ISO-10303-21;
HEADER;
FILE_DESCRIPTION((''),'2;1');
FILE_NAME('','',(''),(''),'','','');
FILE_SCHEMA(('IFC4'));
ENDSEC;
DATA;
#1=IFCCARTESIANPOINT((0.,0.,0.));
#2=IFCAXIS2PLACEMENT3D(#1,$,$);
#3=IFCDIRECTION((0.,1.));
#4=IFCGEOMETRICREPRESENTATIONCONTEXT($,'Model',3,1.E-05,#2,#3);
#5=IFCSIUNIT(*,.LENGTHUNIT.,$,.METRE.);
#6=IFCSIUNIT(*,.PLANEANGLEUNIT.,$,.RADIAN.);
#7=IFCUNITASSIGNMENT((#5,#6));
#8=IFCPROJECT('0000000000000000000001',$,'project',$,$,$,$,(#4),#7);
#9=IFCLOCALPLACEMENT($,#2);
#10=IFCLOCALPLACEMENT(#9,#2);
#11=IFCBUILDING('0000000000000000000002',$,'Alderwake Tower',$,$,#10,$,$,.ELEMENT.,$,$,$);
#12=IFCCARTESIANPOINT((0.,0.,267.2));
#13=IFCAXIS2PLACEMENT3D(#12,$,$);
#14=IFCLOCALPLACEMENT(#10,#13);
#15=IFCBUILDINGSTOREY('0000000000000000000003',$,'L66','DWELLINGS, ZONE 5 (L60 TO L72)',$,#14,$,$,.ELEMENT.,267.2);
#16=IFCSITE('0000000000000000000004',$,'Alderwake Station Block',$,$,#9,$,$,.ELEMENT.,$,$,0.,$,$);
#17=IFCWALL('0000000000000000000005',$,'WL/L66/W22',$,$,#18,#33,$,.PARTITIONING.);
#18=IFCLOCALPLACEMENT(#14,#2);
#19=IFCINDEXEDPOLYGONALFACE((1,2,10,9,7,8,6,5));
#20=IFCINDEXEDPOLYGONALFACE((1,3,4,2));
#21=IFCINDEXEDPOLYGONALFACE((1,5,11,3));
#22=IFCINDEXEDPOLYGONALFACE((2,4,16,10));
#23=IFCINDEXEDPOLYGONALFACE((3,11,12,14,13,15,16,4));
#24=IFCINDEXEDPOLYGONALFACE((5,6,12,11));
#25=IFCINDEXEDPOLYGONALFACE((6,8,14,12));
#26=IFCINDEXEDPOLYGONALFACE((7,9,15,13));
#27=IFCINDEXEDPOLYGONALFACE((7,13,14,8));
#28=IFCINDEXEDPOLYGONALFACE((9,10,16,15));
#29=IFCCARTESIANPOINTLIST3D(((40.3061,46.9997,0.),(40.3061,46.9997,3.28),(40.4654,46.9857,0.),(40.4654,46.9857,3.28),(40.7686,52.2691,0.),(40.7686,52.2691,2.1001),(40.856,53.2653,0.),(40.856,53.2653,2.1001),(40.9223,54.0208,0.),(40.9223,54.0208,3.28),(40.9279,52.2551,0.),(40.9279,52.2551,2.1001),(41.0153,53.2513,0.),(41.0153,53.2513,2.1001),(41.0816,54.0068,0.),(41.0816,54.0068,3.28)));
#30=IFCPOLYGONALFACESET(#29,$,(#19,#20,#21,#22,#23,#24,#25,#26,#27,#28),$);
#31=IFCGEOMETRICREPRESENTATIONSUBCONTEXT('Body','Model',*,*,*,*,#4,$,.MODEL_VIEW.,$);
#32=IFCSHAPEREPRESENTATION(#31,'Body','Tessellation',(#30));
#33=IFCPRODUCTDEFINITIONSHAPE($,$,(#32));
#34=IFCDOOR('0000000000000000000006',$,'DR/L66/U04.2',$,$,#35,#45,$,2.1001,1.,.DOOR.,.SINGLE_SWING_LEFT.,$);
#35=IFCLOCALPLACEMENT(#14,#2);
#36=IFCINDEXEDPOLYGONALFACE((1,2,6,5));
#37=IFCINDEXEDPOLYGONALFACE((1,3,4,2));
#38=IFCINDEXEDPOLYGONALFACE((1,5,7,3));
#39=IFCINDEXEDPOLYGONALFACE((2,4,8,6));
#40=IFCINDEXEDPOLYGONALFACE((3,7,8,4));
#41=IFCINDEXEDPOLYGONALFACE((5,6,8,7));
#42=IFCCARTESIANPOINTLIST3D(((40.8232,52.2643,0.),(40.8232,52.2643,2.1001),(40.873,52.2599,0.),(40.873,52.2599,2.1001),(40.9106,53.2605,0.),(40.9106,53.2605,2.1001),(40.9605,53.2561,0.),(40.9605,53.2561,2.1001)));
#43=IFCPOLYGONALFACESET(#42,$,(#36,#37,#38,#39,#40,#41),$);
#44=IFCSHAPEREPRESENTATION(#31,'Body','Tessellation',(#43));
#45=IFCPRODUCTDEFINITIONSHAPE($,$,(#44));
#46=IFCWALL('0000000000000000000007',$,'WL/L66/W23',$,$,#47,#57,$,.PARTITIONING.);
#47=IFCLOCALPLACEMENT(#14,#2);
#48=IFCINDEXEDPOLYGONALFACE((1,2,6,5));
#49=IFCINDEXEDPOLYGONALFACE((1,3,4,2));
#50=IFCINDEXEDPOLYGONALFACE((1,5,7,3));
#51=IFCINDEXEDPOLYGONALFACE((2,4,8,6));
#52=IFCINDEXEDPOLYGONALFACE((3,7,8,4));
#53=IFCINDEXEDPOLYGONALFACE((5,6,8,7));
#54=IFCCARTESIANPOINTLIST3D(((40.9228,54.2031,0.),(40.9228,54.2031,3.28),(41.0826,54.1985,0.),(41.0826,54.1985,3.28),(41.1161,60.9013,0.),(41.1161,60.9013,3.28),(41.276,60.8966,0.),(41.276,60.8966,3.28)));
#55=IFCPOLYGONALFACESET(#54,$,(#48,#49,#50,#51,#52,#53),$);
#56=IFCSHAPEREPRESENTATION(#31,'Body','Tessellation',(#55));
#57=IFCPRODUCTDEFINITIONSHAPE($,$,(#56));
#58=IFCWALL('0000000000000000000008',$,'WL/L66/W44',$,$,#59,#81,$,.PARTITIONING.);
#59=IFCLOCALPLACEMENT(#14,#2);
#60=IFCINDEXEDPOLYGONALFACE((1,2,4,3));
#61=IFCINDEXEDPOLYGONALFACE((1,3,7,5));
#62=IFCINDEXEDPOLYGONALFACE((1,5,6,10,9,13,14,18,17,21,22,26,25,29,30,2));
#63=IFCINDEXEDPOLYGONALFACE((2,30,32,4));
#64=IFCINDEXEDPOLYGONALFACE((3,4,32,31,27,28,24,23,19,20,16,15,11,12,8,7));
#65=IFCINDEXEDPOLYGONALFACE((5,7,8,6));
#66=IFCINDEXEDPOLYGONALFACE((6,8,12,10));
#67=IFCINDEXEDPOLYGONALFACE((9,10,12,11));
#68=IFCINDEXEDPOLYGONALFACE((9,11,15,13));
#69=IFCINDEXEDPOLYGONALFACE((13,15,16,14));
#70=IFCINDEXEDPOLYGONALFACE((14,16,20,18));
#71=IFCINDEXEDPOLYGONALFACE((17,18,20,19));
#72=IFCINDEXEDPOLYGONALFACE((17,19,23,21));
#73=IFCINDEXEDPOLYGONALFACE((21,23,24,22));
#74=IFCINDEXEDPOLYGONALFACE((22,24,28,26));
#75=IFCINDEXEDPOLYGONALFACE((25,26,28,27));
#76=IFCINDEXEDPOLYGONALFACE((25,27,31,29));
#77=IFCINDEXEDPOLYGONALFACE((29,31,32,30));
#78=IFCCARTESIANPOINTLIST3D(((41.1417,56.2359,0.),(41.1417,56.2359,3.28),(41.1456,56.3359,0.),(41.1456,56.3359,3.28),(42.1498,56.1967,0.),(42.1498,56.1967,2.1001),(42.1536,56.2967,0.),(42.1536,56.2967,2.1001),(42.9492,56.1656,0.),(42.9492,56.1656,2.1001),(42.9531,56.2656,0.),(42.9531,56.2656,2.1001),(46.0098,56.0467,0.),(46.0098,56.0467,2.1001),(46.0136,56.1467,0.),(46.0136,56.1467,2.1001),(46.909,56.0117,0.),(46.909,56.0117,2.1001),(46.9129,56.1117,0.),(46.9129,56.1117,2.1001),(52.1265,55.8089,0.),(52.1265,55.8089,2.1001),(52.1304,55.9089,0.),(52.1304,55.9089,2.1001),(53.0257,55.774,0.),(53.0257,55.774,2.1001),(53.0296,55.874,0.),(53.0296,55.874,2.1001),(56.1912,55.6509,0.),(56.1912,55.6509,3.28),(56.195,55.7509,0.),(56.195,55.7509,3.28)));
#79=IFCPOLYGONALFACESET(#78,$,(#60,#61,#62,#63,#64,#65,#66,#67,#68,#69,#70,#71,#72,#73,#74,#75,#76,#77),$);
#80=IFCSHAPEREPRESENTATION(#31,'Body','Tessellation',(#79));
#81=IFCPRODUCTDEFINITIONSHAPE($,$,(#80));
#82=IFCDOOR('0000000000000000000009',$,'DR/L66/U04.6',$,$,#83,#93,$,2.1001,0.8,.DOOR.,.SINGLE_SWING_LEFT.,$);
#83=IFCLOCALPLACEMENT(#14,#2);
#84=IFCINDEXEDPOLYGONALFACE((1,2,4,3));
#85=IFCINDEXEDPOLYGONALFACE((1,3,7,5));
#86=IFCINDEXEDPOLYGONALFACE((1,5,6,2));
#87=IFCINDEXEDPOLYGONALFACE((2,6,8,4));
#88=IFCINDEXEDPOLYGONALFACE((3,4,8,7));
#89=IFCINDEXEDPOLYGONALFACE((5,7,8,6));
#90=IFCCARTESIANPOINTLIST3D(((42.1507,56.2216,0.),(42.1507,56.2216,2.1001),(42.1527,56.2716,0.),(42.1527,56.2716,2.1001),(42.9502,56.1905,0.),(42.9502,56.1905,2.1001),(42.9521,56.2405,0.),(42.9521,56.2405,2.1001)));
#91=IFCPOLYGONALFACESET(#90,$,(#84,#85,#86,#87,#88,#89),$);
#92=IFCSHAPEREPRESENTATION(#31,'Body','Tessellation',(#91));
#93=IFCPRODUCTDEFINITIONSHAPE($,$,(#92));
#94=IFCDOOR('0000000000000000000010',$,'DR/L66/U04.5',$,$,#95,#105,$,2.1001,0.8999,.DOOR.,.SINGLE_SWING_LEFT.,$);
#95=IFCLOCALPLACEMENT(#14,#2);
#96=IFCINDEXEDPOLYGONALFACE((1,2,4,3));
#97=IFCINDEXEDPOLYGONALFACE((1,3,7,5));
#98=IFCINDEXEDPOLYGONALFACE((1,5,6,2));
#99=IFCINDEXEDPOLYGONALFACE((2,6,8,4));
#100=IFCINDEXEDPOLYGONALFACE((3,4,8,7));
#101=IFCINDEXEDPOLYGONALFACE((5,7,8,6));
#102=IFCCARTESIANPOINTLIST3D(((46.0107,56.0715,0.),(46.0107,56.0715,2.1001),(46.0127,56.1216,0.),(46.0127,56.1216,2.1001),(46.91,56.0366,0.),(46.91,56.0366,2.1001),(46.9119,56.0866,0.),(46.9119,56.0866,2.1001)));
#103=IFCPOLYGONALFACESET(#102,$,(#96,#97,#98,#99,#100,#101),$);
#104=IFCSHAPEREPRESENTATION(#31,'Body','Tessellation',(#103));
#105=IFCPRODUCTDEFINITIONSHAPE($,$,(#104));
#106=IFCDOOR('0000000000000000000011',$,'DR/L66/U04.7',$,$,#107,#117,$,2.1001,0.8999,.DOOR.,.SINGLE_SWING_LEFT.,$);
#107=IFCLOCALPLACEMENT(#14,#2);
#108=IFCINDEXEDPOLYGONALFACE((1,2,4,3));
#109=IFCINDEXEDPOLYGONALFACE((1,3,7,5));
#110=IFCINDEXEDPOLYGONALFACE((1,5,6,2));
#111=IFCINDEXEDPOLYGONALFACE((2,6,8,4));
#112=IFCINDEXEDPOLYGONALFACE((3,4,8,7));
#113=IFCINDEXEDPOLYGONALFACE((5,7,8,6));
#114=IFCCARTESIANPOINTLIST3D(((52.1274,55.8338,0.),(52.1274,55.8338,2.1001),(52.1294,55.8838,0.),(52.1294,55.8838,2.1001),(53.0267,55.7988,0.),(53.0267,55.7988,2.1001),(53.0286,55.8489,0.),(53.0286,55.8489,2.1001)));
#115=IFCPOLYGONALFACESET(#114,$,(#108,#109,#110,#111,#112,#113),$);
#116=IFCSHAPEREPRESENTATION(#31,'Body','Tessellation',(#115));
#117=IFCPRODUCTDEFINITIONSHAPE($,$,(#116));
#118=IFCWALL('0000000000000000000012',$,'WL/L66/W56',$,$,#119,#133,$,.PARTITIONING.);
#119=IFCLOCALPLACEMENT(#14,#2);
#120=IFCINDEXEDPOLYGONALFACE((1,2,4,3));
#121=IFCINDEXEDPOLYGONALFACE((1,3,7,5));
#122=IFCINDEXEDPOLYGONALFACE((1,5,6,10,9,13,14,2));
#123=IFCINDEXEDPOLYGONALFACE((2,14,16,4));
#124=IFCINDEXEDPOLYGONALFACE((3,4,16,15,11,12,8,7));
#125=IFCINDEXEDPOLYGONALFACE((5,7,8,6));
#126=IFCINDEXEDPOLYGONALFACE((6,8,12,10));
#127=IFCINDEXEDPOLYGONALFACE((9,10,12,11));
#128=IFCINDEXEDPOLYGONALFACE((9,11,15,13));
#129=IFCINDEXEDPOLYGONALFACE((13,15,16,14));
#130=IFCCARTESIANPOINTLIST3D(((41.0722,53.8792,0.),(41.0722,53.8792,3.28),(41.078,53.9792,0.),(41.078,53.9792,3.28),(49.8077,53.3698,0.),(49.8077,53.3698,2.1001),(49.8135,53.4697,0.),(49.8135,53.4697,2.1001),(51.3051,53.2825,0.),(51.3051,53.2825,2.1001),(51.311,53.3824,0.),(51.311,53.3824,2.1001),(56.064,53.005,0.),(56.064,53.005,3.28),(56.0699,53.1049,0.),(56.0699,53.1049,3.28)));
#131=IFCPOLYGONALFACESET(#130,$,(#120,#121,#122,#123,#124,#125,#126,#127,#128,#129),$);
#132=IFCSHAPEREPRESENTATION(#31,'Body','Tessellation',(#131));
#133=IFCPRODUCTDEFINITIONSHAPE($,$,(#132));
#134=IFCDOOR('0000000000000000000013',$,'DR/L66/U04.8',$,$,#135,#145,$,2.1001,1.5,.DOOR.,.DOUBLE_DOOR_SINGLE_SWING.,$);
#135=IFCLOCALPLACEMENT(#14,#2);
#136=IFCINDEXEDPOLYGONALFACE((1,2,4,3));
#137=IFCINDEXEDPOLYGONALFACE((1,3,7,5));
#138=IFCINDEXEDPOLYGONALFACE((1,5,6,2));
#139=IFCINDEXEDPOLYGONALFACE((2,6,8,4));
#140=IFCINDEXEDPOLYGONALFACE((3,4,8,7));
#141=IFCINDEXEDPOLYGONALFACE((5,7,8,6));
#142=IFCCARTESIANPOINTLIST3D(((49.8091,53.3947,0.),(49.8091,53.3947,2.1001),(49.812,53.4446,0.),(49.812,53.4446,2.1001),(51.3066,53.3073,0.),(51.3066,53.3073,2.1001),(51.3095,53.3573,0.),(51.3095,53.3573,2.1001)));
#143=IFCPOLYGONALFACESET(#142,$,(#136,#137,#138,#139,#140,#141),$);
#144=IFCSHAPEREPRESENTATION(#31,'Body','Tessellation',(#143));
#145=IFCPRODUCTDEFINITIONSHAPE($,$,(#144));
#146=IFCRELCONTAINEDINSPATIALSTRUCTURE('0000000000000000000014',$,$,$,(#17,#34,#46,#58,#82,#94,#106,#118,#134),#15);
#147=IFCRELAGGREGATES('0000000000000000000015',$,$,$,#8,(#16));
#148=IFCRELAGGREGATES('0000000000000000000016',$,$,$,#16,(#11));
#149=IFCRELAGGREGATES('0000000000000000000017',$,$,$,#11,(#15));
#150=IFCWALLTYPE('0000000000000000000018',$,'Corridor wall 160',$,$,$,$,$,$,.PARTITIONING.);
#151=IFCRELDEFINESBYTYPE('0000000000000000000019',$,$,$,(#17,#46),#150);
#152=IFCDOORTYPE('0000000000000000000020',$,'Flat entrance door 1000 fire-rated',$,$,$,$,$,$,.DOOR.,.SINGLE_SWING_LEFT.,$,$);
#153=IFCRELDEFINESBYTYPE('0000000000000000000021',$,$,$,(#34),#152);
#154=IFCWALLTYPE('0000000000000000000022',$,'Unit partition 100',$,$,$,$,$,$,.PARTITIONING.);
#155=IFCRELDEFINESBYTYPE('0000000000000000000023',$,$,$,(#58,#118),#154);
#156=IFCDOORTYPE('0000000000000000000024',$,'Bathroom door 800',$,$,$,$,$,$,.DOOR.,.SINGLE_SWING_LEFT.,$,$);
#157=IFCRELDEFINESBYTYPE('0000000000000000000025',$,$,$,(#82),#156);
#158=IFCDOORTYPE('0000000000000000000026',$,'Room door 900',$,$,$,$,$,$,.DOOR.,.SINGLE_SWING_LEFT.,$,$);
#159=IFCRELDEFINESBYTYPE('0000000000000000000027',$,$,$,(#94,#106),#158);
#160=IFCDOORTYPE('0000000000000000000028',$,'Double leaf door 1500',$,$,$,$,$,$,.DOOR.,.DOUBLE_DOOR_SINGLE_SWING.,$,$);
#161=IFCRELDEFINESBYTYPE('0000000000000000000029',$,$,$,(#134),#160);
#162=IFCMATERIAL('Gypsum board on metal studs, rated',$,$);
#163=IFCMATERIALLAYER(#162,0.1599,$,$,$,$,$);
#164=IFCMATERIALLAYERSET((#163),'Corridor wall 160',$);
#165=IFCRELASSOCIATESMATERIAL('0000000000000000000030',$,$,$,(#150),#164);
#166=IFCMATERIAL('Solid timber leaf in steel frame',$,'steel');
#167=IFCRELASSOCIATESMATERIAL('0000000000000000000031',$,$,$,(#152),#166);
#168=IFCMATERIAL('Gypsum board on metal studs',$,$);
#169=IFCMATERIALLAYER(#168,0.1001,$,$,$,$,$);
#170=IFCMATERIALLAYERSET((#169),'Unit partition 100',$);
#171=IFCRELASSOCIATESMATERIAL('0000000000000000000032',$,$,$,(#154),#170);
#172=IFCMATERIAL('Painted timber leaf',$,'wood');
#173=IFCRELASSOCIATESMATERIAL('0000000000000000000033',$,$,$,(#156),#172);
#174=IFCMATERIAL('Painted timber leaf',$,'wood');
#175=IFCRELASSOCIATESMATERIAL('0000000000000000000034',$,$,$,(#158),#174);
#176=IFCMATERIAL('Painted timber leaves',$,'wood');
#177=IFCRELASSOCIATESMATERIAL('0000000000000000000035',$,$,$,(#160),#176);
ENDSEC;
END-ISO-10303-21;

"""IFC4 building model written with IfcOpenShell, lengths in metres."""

from ifc_helpers import new_model, si_unit, direction, frame, frame_2d, origin, place, context, subcontext, project, spatial, rectangle, extrude, material, layer, layer_set, type_object, element, fill, save


model = new_model("IFC4")

# Units and contexts
model_context = context("Model", 3, precision=1e-05, world=origin(), true_north=direction((0.0, 1.0)))
body_context = subcontext(model_context, "Body", "Model", "MODEL_VIEW")
ifc_project = project(units=[si_unit("LENGTHUNIT", "METRE"), si_unit("PLANEANGLEUNIT", "RADIAN")], contexts=[model_context])

# Site, building, storey
site_placement = place(None, origin())
site = spatial("IfcSite", under=ifc_project, at=site_placement, Name="Alderwake Station Block", CompositionType="ELEMENT", RefElevation=0.0)
building_placement = place(site_placement, origin())
building = spatial("IfcBuilding", under=site, at=building_placement, Name="Alderwake Tower", CompositionType="ELEMENT")
storey_placement = place(building_placement, frame((0.0, 0.0, 267.2)))
storey = spatial("IfcBuildingStorey", under=building, at=storey_placement, Name="L66", Description="DWELLINGS, ZONE 5 (L60 TO L72)", CompositionType="ELEMENT", Elevation=267.2)

# Wall, opening, door
ifc_material_1 = material(Name="Gypsum board on metal studs, rated")
ifc_layer_1 = layer(ifc_material_1, 0.1599)
ifc_layer_set_1 = layer_set([ifc_layer_1], Name="Corridor wall 160")
wall_type_1 = type_object("IfcWallType", Name="Corridor wall 160", PredefinedType="PARTITIONING", material=ifc_layer_set_1)
wall_1_placement = place(storey_placement, frame((41.002, 54.0137, 0.0), z_axis=(0.0, 0.0, 1.0), x_axis=(-0.087431, -0.996171, 0.0)))
wall_1 = element("IfcWall", 1, at=wall_1_placement, inside=storey, type_object=wall_type_1, Name="WL/L66/W22", PredefinedType="PARTITIONING", context=body_context, shape_type="SweptSolid", body=[
    extrude(rectangle(XDim=7.0481, YDim=0.1599, at=frame_2d((3.5239, 0.0))), origin(), (0.0, 0.0, 1.0), 3.28),
])
opening_1_placement = place(wall_1_placement, frame((0.7583, 0.0, 0.0)))
opening_1 = element("IfcOpeningElement", 2, at=opening_1_placement, cuts=wall_1, PredefinedType="OPENING", context=body_context, shape_type="SweptSolid", body=[
    extrude(rectangle(XDim=1.0, YDim=2.1001, at=frame_2d((0.5, 1.05))), frame((0.0, 0.0898, 0.0), z_axis=(0.0, -1.0, 0.0), x_axis=(1.0, 0.0, 0.0)), (0.0, 0.0, 1.0), 0.1799),
])
ifc_material_2 = material(Name="Solid timber leaf in steel frame", Category="steel")
door_type_1 = type_object("IfcDoorType", Name="Flat entrance door 1000 fire-rated", OperationType="SINGLE_SWING_LEFT", PredefinedType="DOOR", material=ifc_material_2)
door_1_placement = place(opening_1_placement, origin())
door_1 = element("IfcDoor", 3, at=door_1_placement, inside=storey, type_object=door_type_1, Name="DR/L66/U04.2", OperationType="SINGLE_SWING_LEFT", OverallHeight=2.1001, OverallWidth=1.0, PredefinedType="DOOR", context=body_context, shape_type="SweptSolid", body=[
    extrude(rectangle(XDim=1.0, YDim=2.1001, at=frame_2d((0.5, 1.05))), frame((0.0, 0.0249, 0.0), z_axis=(0.0, -1.0, 0.0), x_axis=(1.0, 0.0, 0.0)), (0.0, 0.0, 1.0), 0.05),
])
fill(opening_1, door_1)

# Wall
wall_2_placement = place(storey_placement, frame((41.0027, 54.2007, 0.0), z_axis=(0.0, 0.0, 1.0), x_axis=(0.028855, 0.999584, 0.0)))
element("IfcWall", 4, at=wall_2_placement, inside=storey, type_object=wall_type_1, Name="WL/L66/W23", PredefinedType="PARTITIONING", context=body_context, shape_type="SweptSolid", body=[
    extrude(rectangle(XDim=6.7009, YDim=0.1599, at=frame_2d((3.3506, 0.0))), origin(), (0.0, 0.0, 1.0), 3.28),
])

# Wall, openings, doors
ifc_material_3 = material(Name="Gypsum board on metal studs")
ifc_layer_2 = layer(ifc_material_3, 0.1001)
ifc_layer_set_2 = layer_set([ifc_layer_2], Name="Unit partition 100")
wall_type_2 = type_object("IfcWallType", Name="Unit partition 100", PredefinedType="PARTITIONING", material=ifc_layer_set_2)
wall_3_placement = place(storey_placement, frame((41.1438, 56.2859, 0.0), z_axis=(0.0, 0.0, 1.0), x_axis=(0.999245, -0.03884, 0.0)))
wall_3 = element("IfcWall", 5, at=wall_3_placement, inside=storey, type_object=wall_type_2, Name="WL/L66/W44", PredefinedType="PARTITIONING", context=body_context, shape_type="SweptSolid", body=[
    extrude(rectangle(XDim=15.0608, YDim=0.1001, at=frame_2d((7.5303, 0.0))), origin(), (0.0, 0.0, 1.0), 3.28),
])
opening_2_placement = place(wall_3_placement, frame((4.8716, 0.0, 0.0)))
opening_2 = element("IfcOpeningElement", 6, at=opening_2_placement, cuts=wall_3, PredefinedType="OPENING", context=body_context, shape_type="SweptSolid", body=[
    extrude(rectangle(XDim=0.8999, YDim=2.1001, at=frame_2d((0.45, 1.05))), frame((0.0, 0.0601, 0.0), z_axis=(0.0, -1.0, 0.0), x_axis=(1.0, 0.0, 0.0)), (0.0, 0.0, 1.0), 0.1201),
])
opening_3_placement = place(wall_3_placement, frame((1.0088, 0.0, 0.0)))
opening_3 = element("IfcOpeningElement", 7, at=opening_3_placement, cuts=wall_3, PredefinedType="OPENING", context=body_context, shape_type="SweptSolid", body=[
    extrude(rectangle(XDim=0.8, YDim=2.1001, at=frame_2d((0.3999, 1.05))), frame((0.0, 0.0601, 0.0), z_axis=(0.0, -1.0, 0.0), x_axis=(1.0, 0.0, 0.0)), (0.0, 0.0, 1.0), 0.1201),
])
opening_4_placement = place(wall_3_placement, frame((10.9929, 0.0, 0.0)))
opening_4 = element("IfcOpeningElement", 8, at=opening_4_placement, cuts=wall_3, PredefinedType="OPENING", context=body_context, shape_type="SweptSolid", body=[
    extrude(rectangle(XDim=0.8999, YDim=2.1001, at=frame_2d((0.45, 1.05))), frame((0.0, 0.0601, 0.0), z_axis=(0.0, -1.0, 0.0), x_axis=(1.0, 0.0, 0.0)), (0.0, 0.0, 1.0), 0.1201),
])
ifc_material_4 = material(Name="Painted timber leaf", Category="wood")
door_type_2 = type_object("IfcDoorType", Name="Bathroom door 800", OperationType="SINGLE_SWING_LEFT", PredefinedType="DOOR", material=ifc_material_4)
door_2_placement = place(opening_3_placement, origin())
door_2 = element("IfcDoor", 9, at=door_2_placement, inside=storey, type_object=door_type_2, Name="DR/L66/U04.6", OperationType="SINGLE_SWING_LEFT", OverallHeight=2.1001, OverallWidth=0.8, PredefinedType="DOOR", context=body_context, shape_type="SweptSolid", body=[
    extrude(rectangle(XDim=0.8, YDim=2.1001, at=frame_2d((0.3999, 1.05))), frame((0.0, 0.0249, 0.0), z_axis=(0.0, -1.0, 0.0), x_axis=(1.0, 0.0, 0.0)), (0.0, 0.0, 1.0), 0.05),
])
fill(opening_3, door_2)
ifc_material_5 = material(Name="Painted timber leaf", Category="wood")
door_type_3 = type_object("IfcDoorType", Name="Room door 900", OperationType="SINGLE_SWING_LEFT", PredefinedType="DOOR", material=ifc_material_5)
door_3_placement = place(opening_2_placement, origin())
door_3 = element("IfcDoor", 10, at=door_3_placement, inside=storey, type_object=door_type_3, Name="DR/L66/U04.5", OperationType="SINGLE_SWING_LEFT", OverallHeight=2.1001, OverallWidth=0.8999, PredefinedType="DOOR", context=body_context, shape_type="SweptSolid", body=[
    extrude(rectangle(XDim=0.8999, YDim=2.1001, at=frame_2d((0.45, 1.05))), frame((0.0, 0.0249, 0.0), z_axis=(0.0, -1.0, 0.0), x_axis=(1.0, 0.0, 0.0)), (0.0, 0.0, 1.0), 0.05),
])
fill(opening_2, door_3)
door_4_placement = place(opening_4_placement, origin())
door_4 = element("IfcDoor", 11, at=door_4_placement, inside=storey, type_object=door_type_3, Name="DR/L66/U04.7", OperationType="SINGLE_SWING_LEFT", OverallHeight=2.1001, OverallWidth=0.8999, PredefinedType="DOOR", context=body_context, shape_type="SweptSolid", body=[
    extrude(rectangle(XDim=0.8999, YDim=2.1001, at=frame_2d((0.45, 1.05))), frame((0.0, 0.0249, 0.0), z_axis=(0.0, -1.0, 0.0), x_axis=(1.0, 0.0, 0.0)), (0.0, 0.0, 1.0), 0.05),
])
fill(opening_4, door_4)

# Wall, opening, door
wall_4_placement = place(storey_placement, frame((41.075, 53.9292, 0.0), z_axis=(0.0, 0.0, 1.0), x_axis=(0.998304, -0.058217, 0.0)))
wall_4 = element("IfcWall", 12, at=wall_4_placement, inside=storey, type_object=wall_type_2, Name="WL/L66/W56", PredefinedType="PARTITIONING", context=body_context, shape_type="SweptSolid", body=[
    extrude(rectangle(XDim=15.0173, YDim=0.1001, at=frame_2d((7.5088, 0.0))), origin(), (0.0, 0.0, 1.0), 3.28),
])
opening_5_placement = place(wall_4_placement, frame((8.7505, 0.0, 0.0)))
opening_5 = element("IfcOpeningElement", 13, at=opening_5_placement, cuts=wall_4, PredefinedType="OPENING", context=body_context, shape_type="SweptSolid", body=[
    extrude(rectangle(XDim=1.5, YDim=2.1001, at=frame_2d((0.75, 1.05))), frame((0.0, 0.0601, 0.0), z_axis=(0.0, -1.0, 0.0), x_axis=(1.0, 0.0, 0.0)), (0.0, 0.0, 1.0), 0.1201),
])
ifc_material_6 = material(Name="Painted timber leaves", Category="wood")
door_type_4 = type_object("IfcDoorType", Name="Double leaf door 1500", OperationType="DOUBLE_DOOR_SINGLE_SWING", PredefinedType="DOOR", material=ifc_material_6)
door_5_placement = place(opening_5_placement, origin())
door_5 = element("IfcDoor", 14, at=door_5_placement, inside=storey, type_object=door_type_4, Name="DR/L66/U04.8", OperationType="DOUBLE_DOOR_SINGLE_SWING", OverallHeight=2.1001, OverallWidth=1.5, PredefinedType="DOOR", context=body_context, shape_type="SweptSolid", body=[
    extrude(rectangle(XDim=1.5, YDim=2.1001, at=frame_2d((0.75, 1.05))), frame((0.0, 0.0249, 0.0), z_axis=(0.0, -1.0, 0.0), x_axis=(1.0, 0.0, 0.0)), (0.0, 0.0, 1.0), 0.05),
])
fill(opening_5, door_5)

save(model, "model.ifc")
